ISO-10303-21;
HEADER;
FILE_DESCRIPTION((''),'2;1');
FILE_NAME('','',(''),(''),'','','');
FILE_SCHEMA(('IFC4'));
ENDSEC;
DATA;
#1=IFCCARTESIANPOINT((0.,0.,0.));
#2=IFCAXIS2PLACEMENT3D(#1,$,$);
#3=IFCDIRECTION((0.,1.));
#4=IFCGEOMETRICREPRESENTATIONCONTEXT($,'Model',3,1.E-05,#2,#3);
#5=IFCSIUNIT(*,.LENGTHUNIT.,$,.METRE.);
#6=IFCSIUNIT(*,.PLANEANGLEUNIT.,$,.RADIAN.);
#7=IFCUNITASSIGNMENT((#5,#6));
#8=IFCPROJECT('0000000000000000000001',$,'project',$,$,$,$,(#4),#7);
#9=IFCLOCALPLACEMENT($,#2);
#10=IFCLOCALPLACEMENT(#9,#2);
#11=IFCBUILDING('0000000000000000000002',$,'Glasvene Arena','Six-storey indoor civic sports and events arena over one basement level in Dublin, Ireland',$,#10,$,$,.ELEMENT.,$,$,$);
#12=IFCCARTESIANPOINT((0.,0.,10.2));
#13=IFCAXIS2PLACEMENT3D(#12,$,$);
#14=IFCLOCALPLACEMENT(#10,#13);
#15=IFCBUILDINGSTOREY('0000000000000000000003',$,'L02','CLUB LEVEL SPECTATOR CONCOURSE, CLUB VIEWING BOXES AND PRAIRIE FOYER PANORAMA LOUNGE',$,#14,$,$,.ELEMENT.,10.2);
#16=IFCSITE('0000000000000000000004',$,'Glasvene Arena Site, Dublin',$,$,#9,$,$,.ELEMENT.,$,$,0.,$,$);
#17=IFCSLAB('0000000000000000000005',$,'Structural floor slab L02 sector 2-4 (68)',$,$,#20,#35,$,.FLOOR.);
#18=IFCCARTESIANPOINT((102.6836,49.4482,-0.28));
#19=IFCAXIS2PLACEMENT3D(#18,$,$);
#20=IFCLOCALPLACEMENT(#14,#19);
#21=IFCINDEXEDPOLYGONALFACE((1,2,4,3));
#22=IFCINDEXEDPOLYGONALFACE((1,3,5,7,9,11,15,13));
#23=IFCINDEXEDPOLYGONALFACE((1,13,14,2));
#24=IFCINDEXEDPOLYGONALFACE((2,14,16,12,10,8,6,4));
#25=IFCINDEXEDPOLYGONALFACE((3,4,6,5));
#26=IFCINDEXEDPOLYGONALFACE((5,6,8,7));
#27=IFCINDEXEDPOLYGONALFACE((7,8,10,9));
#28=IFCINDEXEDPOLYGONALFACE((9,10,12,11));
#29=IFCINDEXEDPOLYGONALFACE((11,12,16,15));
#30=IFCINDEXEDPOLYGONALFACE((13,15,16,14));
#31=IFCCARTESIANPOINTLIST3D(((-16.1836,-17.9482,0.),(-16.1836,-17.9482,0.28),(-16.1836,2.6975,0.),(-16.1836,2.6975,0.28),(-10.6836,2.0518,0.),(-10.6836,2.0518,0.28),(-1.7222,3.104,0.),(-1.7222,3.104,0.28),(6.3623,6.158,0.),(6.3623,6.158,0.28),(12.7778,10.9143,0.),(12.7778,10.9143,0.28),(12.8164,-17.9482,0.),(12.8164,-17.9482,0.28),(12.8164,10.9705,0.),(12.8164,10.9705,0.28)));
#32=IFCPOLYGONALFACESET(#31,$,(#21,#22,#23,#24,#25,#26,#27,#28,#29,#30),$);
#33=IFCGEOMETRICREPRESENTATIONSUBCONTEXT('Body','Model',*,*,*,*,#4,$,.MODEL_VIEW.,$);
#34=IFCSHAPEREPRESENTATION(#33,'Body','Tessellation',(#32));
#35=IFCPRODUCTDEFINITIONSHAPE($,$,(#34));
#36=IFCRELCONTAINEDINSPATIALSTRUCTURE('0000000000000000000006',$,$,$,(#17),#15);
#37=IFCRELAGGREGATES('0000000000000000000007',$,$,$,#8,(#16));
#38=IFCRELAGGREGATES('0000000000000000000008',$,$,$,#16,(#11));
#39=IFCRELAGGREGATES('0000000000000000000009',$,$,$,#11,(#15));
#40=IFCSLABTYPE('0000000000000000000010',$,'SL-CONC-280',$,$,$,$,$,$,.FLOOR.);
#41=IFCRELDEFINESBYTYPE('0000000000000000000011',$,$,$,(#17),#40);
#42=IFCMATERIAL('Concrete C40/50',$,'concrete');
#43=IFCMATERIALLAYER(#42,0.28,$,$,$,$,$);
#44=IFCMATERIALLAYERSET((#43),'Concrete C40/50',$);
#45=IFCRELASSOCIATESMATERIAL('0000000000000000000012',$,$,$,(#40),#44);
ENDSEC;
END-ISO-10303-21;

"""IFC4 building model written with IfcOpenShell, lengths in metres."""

from ifc_helpers import new_model, si_unit, direction, frame, origin, place, context, subcontext, project, spatial, polyline, outline, extrude, material, layer, layer_set, type_object, element, save


model = new_model("IFC4")

# Units and contexts
model_context = context("Model", 3, precision=1e-05, world=origin(), true_north=direction((0.0, 1.0)))
body_context = subcontext(model_context, "Body", "Model", "MODEL_VIEW")
ifc_project = project(units=[si_unit("LENGTHUNIT", "METRE"), si_unit("PLANEANGLEUNIT", "RADIAN")], contexts=[model_context])

# Site, building, storey
site_placement = place(None, origin())
site = spatial("IfcSite", under=ifc_project, at=site_placement, Name="Glasvene Arena Site, Dublin", CompositionType="ELEMENT", RefElevation=0.0)
building_placement = place(site_placement, origin())
building = spatial("IfcBuilding", under=site, at=building_placement, Name="Glasvene Arena", Description="Six-storey indoor civic sports and events arena over one basement level in Dublin, Ireland", CompositionType="ELEMENT")
storey_placement = place(building_placement, frame((0.0, 0.0, 10.2)))
storey = spatial("IfcBuildingStorey", under=building, at=storey_placement, Name="L02", Description="CLUB LEVEL SPECTATOR CONCOURSE, CLUB VIEWING BOXES AND PRAIRIE FOYER PANORAMA LOUNGE", CompositionType="ELEMENT", Elevation=10.2)

# Shared definitions
ifc_material_1 = material(Name="Concrete C40/50", Category="concrete")

# Slab
ifc_layer = layer(ifc_material_1, 0.28)
ifc_layer_set = layer_set([ifc_layer], Name="Concrete C40/50")
slab_type = type_object("IfcSlabType", Name="SL-CONC-280", PredefinedType="FLOOR", material=ifc_layer_set)
slab_placement = place(storey_placement, frame((102.6836, 49.4482, -0.28)))
element("IfcSlab", 1, at=slab_placement, inside=storey, type_object=slab_type, Name="Structural floor slab L02 sector 2-4 (68)", PredefinedType="FLOOR", context=body_context, shape_type="SweptSolid", body=[
    extrude(outline(polyline([(-1.7222, 3.104), (6.3623, 6.158), (12.7778, 10.9143), (12.8164, 10.9705), (12.8164, -17.9482), (-16.1836, -17.9482), (-16.1836, 2.6975), (-10.6836, 2.0518), (-1.7222, 3.104)])), origin(), (0.0, 0.0, 1.0), 0.28),
])

save(model, "model.ifc")
